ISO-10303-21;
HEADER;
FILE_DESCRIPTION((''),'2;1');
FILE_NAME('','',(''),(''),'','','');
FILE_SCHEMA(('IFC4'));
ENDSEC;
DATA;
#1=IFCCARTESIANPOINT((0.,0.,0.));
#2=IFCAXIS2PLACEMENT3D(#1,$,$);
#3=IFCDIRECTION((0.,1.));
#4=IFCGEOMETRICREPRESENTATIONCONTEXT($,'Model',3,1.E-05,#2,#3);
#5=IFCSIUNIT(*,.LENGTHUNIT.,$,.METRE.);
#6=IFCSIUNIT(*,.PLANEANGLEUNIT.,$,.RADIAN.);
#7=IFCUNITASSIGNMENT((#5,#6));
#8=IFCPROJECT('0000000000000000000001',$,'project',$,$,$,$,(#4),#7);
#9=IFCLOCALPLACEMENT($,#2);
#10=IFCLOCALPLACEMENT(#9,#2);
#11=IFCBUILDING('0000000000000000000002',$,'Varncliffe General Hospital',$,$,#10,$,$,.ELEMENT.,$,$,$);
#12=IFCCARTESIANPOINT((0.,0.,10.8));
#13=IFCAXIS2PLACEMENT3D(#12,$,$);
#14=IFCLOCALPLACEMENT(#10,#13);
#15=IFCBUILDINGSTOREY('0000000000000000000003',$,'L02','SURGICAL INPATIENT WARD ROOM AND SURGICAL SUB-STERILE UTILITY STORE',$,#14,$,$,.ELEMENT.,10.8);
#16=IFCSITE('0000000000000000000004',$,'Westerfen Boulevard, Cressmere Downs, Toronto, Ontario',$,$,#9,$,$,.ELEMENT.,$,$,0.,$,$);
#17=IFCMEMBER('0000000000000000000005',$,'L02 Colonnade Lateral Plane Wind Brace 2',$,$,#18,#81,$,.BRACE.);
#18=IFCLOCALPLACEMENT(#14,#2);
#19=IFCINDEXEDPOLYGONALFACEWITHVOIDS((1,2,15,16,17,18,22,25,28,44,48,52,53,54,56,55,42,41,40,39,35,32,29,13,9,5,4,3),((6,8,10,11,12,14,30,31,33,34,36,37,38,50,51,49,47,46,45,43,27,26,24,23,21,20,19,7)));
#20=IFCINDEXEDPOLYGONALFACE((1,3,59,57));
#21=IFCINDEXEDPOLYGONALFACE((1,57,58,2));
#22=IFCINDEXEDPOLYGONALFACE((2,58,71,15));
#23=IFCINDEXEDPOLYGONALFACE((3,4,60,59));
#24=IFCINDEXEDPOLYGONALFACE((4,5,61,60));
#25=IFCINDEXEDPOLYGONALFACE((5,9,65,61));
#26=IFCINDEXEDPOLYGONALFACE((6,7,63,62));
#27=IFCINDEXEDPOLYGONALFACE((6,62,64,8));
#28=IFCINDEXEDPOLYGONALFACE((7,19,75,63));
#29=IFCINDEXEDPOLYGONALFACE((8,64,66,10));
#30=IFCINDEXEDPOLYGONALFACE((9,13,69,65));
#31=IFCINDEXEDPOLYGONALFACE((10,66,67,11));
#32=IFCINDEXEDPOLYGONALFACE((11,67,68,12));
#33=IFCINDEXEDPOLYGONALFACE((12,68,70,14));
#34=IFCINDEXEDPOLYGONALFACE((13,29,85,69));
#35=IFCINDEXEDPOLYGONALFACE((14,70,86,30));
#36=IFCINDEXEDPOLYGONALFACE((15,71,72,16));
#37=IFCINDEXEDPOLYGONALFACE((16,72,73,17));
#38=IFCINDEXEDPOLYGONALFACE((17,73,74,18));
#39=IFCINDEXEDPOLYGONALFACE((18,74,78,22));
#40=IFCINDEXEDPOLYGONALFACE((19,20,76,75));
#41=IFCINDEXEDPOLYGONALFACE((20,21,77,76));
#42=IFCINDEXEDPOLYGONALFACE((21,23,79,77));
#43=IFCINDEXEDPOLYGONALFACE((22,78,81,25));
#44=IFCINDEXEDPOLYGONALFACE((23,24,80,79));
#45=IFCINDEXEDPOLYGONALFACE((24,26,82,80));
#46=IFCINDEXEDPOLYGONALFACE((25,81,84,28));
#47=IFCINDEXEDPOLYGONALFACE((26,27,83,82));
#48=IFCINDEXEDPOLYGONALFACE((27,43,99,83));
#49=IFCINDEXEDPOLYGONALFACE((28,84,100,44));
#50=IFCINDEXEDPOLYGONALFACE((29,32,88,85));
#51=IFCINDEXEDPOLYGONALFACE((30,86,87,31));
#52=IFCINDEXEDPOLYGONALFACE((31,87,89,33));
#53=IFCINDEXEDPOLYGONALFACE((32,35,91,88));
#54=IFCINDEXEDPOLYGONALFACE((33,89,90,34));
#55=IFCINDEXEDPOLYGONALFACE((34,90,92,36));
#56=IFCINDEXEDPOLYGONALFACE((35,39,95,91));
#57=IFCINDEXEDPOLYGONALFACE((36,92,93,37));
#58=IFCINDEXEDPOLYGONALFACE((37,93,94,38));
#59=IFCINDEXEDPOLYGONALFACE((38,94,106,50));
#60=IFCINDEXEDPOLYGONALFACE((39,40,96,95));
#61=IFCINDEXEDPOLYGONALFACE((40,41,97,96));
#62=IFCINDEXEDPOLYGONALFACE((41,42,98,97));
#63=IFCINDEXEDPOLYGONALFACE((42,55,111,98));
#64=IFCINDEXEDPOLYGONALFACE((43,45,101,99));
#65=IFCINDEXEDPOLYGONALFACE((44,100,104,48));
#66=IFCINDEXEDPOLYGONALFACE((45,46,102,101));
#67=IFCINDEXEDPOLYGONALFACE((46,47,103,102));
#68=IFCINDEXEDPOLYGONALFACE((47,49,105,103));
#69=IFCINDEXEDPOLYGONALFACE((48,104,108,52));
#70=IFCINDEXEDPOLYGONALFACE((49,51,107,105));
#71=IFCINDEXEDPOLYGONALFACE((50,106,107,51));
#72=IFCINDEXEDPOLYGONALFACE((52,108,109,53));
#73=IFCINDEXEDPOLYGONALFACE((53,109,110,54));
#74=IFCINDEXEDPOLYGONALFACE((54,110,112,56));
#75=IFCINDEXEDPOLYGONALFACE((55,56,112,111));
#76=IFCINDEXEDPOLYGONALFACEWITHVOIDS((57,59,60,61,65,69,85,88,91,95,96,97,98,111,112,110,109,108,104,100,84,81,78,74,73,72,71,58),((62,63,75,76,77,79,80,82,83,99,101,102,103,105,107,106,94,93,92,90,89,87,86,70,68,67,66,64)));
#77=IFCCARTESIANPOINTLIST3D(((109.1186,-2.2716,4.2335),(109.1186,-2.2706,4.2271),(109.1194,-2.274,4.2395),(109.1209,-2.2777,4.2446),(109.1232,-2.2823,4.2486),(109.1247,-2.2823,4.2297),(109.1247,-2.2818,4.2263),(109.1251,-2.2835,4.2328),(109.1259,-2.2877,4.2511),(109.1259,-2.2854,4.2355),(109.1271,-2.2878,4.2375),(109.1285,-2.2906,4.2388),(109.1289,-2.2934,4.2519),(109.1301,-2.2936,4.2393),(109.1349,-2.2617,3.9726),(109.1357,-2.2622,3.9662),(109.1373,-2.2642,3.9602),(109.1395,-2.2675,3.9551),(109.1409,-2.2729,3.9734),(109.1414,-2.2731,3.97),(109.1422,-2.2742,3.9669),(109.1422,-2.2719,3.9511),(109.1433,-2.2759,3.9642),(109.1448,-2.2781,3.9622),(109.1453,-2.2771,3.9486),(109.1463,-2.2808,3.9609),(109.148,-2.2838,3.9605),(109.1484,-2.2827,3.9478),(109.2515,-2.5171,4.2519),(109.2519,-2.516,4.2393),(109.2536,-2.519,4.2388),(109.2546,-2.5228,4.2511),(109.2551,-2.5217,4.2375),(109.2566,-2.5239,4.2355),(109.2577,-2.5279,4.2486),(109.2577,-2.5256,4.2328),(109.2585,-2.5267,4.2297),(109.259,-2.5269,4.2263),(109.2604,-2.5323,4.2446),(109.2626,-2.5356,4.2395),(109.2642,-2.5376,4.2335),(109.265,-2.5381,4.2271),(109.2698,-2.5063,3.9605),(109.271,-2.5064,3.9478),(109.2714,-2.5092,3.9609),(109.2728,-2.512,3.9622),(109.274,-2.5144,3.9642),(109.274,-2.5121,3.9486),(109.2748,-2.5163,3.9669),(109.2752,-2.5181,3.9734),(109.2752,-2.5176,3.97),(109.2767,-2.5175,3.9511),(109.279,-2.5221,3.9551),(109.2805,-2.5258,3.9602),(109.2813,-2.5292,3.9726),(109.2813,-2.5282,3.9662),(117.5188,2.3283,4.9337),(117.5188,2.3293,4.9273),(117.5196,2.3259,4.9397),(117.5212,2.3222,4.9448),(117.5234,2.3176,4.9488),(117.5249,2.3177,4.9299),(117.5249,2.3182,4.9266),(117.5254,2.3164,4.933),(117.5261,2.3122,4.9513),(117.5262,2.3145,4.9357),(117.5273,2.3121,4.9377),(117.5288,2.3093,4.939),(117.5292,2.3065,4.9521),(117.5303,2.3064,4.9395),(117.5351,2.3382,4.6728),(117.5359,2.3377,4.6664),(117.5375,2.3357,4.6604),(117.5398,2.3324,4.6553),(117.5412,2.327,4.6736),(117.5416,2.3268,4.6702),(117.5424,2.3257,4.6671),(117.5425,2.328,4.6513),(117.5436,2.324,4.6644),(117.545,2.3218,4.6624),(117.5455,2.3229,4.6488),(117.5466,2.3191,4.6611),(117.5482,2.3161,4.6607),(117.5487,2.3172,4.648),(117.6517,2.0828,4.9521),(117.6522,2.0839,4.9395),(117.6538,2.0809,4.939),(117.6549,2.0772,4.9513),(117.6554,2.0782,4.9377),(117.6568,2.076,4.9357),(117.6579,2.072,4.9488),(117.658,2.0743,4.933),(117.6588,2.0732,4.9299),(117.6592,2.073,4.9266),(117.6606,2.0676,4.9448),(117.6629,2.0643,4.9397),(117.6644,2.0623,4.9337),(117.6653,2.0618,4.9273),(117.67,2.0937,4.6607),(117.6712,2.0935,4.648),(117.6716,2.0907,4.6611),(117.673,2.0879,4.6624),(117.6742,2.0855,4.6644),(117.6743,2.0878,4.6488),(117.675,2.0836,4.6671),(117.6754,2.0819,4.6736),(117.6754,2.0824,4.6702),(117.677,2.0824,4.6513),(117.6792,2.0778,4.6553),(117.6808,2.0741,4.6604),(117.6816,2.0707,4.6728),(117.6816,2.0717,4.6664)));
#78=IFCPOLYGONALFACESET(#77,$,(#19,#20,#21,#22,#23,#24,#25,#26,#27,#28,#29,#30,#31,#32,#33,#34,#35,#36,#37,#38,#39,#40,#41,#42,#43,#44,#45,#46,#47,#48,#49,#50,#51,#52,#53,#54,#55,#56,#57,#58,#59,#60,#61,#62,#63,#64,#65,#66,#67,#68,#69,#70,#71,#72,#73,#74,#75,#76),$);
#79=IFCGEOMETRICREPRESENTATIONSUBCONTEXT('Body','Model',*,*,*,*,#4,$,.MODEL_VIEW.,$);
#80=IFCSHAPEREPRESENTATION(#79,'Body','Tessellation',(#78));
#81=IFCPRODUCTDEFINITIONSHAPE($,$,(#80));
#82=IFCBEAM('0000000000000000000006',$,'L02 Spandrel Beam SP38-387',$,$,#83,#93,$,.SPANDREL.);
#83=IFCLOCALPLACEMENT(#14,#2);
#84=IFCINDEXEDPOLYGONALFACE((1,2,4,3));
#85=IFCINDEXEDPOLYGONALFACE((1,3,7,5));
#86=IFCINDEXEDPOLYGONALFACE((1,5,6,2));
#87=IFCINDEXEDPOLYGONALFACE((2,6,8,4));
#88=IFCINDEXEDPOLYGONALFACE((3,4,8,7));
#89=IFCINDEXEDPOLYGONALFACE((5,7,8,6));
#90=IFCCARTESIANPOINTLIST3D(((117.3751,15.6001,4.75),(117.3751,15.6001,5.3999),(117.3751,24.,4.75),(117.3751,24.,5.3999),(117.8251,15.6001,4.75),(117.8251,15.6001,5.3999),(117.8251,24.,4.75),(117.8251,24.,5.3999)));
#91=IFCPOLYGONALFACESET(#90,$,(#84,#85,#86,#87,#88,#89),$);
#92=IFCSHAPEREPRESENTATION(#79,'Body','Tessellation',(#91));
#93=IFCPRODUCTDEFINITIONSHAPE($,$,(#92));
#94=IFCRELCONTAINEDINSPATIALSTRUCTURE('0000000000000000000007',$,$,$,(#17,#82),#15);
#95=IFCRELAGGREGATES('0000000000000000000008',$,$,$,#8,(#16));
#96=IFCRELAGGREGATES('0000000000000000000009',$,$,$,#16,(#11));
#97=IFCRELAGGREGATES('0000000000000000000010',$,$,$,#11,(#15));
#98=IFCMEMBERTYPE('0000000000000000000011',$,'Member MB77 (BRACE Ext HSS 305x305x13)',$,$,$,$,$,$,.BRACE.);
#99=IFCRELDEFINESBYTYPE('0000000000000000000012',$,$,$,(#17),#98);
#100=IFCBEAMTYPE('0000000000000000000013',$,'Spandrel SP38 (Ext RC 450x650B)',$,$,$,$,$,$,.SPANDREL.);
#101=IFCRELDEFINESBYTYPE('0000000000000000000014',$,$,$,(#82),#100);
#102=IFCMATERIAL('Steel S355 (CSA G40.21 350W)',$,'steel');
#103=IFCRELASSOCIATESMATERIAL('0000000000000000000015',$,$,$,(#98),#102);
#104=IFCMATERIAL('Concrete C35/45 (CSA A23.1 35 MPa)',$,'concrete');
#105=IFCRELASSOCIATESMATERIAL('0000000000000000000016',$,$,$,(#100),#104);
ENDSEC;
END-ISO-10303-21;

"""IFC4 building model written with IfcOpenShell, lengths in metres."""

from ifc_helpers import new_model, si_unit, direction, frame, origin, origin_2d, place, context, subcontext, project, spatial, rectangle, hollow_rectangle, extrude, material, material_profile, profile_set, type_object, element, save


model = new_model("IFC4")

# Units and contexts
model_context = context("Model", 3, precision=1e-05, world=origin(), true_north=direction((0.0, 1.0)))
body_context = subcontext(model_context, "Body", "Model", "MODEL_VIEW")
ifc_project = project(units=[si_unit("LENGTHUNIT", "METRE"), si_unit("PLANEANGLEUNIT", "RADIAN")], contexts=[model_context])

# Site, building, storey
site_placement = place(None, origin())
site = spatial("IfcSite", under=ifc_project, at=site_placement, Name="Westerfen Boulevard, Cressmere Downs, Toronto, Ontario", CompositionType="ELEMENT", RefElevation=0.0)
building_placement = place(site_placement, origin())
building = spatial("IfcBuilding", under=site, at=building_placement, Name="Varncliffe General Hospital", CompositionType="ELEMENT")
storey_placement = place(building_placement, frame((0.0, 0.0, 10.8)))
storey = spatial("IfcBuildingStorey", under=building, at=storey_placement, Name="L02", Description="SURGICAL INPATIENT WARD ROOM AND SURGICAL SUB-STERILE UTILITY STORE", CompositionType="ELEMENT", Elevation=10.8)

# Member
ifc_material_1 = material(Name="Steel S355 (CSA G40.21 350W)", Category="steel")
ifc_material_profile_1 = material_profile(ifc_material_1, hollow_rectangle(XDim=0.3049, YDim=0.3049, WallThickness=0.0127, InnerFilletRadius=0.0129, OuterFilletRadius=0.0249, at=origin_2d()), Name="HSS 305x305x13")
ifc_profile_set_1 = profile_set([ifc_material_profile_1], Name="Steel S355 (CSA G40.21 350W)")
member_type_1 = type_object("IfcMemberType", Name="Member MB77 (BRACE Ext HSS 305x305x13)", PredefinedType="BRACE", material=ifc_profile_set_1)
member_1_placement = place(storey_placement, frame((109.2, -2.3999, 4.0999), z_axis=(0.874771, 0.479018, 0.072917), x_axis=(-0.480296, 0.877106, 0.0)))
element("IfcMember", 1, at=member_1_placement, inside=storey, type_object=member_type_1, Name="L02 Colonnade Lateral Plane Wind Brace 2", PredefinedType="BRACE", context=body_context, shape_type="SweptSolid", body=[
    extrude(hollow_rectangle(XDim=0.3049, YDim=0.3049, WallThickness=0.0127, InnerFilletRadius=0.0129, OuterFilletRadius=0.0249, at=origin_2d()), origin(), (0.0, 0.0, 1.0), 9.6028),
])

# Beam
ifc_material_2 = material(Name="Concrete C35/45 (CSA A23.1 35 MPa)", Category="concrete")
ifc_material_profile_2 = material_profile(ifc_material_2, rectangle(XDim=0.45, YDim=0.6499, at=origin_2d()), Name="RC 450x650")
ifc_profile_set_2 = profile_set([ifc_material_profile_2], Name="Concrete C35/45 (CSA A23.1 35 MPa)")
beam_type_1 = type_object("IfcBeamType", Name="Spandrel SP38 (Ext RC 450x650B)", PredefinedType="SPANDREL", material=ifc_profile_set_2)
beam_1_placement = place(storey_placement, frame((117.6001, 15.6001, 5.075), z_axis=(0.0, 1.0, 0.0), x_axis=(-1.0, 0.0, 0.0)))
element("IfcBeam", 2, at=beam_1_placement, inside=storey, type_object=beam_type_1, Name="L02 Spandrel Beam SP38-387", PredefinedType="SPANDREL", context=body_context, shape_type="SweptSolid", body=[
    extrude(rectangle(XDim=0.45, YDim=0.6499, at=origin_2d()), origin(), (0.0, 0.0, 1.0), 8.3999),
])

save(model, "model.ifc")
